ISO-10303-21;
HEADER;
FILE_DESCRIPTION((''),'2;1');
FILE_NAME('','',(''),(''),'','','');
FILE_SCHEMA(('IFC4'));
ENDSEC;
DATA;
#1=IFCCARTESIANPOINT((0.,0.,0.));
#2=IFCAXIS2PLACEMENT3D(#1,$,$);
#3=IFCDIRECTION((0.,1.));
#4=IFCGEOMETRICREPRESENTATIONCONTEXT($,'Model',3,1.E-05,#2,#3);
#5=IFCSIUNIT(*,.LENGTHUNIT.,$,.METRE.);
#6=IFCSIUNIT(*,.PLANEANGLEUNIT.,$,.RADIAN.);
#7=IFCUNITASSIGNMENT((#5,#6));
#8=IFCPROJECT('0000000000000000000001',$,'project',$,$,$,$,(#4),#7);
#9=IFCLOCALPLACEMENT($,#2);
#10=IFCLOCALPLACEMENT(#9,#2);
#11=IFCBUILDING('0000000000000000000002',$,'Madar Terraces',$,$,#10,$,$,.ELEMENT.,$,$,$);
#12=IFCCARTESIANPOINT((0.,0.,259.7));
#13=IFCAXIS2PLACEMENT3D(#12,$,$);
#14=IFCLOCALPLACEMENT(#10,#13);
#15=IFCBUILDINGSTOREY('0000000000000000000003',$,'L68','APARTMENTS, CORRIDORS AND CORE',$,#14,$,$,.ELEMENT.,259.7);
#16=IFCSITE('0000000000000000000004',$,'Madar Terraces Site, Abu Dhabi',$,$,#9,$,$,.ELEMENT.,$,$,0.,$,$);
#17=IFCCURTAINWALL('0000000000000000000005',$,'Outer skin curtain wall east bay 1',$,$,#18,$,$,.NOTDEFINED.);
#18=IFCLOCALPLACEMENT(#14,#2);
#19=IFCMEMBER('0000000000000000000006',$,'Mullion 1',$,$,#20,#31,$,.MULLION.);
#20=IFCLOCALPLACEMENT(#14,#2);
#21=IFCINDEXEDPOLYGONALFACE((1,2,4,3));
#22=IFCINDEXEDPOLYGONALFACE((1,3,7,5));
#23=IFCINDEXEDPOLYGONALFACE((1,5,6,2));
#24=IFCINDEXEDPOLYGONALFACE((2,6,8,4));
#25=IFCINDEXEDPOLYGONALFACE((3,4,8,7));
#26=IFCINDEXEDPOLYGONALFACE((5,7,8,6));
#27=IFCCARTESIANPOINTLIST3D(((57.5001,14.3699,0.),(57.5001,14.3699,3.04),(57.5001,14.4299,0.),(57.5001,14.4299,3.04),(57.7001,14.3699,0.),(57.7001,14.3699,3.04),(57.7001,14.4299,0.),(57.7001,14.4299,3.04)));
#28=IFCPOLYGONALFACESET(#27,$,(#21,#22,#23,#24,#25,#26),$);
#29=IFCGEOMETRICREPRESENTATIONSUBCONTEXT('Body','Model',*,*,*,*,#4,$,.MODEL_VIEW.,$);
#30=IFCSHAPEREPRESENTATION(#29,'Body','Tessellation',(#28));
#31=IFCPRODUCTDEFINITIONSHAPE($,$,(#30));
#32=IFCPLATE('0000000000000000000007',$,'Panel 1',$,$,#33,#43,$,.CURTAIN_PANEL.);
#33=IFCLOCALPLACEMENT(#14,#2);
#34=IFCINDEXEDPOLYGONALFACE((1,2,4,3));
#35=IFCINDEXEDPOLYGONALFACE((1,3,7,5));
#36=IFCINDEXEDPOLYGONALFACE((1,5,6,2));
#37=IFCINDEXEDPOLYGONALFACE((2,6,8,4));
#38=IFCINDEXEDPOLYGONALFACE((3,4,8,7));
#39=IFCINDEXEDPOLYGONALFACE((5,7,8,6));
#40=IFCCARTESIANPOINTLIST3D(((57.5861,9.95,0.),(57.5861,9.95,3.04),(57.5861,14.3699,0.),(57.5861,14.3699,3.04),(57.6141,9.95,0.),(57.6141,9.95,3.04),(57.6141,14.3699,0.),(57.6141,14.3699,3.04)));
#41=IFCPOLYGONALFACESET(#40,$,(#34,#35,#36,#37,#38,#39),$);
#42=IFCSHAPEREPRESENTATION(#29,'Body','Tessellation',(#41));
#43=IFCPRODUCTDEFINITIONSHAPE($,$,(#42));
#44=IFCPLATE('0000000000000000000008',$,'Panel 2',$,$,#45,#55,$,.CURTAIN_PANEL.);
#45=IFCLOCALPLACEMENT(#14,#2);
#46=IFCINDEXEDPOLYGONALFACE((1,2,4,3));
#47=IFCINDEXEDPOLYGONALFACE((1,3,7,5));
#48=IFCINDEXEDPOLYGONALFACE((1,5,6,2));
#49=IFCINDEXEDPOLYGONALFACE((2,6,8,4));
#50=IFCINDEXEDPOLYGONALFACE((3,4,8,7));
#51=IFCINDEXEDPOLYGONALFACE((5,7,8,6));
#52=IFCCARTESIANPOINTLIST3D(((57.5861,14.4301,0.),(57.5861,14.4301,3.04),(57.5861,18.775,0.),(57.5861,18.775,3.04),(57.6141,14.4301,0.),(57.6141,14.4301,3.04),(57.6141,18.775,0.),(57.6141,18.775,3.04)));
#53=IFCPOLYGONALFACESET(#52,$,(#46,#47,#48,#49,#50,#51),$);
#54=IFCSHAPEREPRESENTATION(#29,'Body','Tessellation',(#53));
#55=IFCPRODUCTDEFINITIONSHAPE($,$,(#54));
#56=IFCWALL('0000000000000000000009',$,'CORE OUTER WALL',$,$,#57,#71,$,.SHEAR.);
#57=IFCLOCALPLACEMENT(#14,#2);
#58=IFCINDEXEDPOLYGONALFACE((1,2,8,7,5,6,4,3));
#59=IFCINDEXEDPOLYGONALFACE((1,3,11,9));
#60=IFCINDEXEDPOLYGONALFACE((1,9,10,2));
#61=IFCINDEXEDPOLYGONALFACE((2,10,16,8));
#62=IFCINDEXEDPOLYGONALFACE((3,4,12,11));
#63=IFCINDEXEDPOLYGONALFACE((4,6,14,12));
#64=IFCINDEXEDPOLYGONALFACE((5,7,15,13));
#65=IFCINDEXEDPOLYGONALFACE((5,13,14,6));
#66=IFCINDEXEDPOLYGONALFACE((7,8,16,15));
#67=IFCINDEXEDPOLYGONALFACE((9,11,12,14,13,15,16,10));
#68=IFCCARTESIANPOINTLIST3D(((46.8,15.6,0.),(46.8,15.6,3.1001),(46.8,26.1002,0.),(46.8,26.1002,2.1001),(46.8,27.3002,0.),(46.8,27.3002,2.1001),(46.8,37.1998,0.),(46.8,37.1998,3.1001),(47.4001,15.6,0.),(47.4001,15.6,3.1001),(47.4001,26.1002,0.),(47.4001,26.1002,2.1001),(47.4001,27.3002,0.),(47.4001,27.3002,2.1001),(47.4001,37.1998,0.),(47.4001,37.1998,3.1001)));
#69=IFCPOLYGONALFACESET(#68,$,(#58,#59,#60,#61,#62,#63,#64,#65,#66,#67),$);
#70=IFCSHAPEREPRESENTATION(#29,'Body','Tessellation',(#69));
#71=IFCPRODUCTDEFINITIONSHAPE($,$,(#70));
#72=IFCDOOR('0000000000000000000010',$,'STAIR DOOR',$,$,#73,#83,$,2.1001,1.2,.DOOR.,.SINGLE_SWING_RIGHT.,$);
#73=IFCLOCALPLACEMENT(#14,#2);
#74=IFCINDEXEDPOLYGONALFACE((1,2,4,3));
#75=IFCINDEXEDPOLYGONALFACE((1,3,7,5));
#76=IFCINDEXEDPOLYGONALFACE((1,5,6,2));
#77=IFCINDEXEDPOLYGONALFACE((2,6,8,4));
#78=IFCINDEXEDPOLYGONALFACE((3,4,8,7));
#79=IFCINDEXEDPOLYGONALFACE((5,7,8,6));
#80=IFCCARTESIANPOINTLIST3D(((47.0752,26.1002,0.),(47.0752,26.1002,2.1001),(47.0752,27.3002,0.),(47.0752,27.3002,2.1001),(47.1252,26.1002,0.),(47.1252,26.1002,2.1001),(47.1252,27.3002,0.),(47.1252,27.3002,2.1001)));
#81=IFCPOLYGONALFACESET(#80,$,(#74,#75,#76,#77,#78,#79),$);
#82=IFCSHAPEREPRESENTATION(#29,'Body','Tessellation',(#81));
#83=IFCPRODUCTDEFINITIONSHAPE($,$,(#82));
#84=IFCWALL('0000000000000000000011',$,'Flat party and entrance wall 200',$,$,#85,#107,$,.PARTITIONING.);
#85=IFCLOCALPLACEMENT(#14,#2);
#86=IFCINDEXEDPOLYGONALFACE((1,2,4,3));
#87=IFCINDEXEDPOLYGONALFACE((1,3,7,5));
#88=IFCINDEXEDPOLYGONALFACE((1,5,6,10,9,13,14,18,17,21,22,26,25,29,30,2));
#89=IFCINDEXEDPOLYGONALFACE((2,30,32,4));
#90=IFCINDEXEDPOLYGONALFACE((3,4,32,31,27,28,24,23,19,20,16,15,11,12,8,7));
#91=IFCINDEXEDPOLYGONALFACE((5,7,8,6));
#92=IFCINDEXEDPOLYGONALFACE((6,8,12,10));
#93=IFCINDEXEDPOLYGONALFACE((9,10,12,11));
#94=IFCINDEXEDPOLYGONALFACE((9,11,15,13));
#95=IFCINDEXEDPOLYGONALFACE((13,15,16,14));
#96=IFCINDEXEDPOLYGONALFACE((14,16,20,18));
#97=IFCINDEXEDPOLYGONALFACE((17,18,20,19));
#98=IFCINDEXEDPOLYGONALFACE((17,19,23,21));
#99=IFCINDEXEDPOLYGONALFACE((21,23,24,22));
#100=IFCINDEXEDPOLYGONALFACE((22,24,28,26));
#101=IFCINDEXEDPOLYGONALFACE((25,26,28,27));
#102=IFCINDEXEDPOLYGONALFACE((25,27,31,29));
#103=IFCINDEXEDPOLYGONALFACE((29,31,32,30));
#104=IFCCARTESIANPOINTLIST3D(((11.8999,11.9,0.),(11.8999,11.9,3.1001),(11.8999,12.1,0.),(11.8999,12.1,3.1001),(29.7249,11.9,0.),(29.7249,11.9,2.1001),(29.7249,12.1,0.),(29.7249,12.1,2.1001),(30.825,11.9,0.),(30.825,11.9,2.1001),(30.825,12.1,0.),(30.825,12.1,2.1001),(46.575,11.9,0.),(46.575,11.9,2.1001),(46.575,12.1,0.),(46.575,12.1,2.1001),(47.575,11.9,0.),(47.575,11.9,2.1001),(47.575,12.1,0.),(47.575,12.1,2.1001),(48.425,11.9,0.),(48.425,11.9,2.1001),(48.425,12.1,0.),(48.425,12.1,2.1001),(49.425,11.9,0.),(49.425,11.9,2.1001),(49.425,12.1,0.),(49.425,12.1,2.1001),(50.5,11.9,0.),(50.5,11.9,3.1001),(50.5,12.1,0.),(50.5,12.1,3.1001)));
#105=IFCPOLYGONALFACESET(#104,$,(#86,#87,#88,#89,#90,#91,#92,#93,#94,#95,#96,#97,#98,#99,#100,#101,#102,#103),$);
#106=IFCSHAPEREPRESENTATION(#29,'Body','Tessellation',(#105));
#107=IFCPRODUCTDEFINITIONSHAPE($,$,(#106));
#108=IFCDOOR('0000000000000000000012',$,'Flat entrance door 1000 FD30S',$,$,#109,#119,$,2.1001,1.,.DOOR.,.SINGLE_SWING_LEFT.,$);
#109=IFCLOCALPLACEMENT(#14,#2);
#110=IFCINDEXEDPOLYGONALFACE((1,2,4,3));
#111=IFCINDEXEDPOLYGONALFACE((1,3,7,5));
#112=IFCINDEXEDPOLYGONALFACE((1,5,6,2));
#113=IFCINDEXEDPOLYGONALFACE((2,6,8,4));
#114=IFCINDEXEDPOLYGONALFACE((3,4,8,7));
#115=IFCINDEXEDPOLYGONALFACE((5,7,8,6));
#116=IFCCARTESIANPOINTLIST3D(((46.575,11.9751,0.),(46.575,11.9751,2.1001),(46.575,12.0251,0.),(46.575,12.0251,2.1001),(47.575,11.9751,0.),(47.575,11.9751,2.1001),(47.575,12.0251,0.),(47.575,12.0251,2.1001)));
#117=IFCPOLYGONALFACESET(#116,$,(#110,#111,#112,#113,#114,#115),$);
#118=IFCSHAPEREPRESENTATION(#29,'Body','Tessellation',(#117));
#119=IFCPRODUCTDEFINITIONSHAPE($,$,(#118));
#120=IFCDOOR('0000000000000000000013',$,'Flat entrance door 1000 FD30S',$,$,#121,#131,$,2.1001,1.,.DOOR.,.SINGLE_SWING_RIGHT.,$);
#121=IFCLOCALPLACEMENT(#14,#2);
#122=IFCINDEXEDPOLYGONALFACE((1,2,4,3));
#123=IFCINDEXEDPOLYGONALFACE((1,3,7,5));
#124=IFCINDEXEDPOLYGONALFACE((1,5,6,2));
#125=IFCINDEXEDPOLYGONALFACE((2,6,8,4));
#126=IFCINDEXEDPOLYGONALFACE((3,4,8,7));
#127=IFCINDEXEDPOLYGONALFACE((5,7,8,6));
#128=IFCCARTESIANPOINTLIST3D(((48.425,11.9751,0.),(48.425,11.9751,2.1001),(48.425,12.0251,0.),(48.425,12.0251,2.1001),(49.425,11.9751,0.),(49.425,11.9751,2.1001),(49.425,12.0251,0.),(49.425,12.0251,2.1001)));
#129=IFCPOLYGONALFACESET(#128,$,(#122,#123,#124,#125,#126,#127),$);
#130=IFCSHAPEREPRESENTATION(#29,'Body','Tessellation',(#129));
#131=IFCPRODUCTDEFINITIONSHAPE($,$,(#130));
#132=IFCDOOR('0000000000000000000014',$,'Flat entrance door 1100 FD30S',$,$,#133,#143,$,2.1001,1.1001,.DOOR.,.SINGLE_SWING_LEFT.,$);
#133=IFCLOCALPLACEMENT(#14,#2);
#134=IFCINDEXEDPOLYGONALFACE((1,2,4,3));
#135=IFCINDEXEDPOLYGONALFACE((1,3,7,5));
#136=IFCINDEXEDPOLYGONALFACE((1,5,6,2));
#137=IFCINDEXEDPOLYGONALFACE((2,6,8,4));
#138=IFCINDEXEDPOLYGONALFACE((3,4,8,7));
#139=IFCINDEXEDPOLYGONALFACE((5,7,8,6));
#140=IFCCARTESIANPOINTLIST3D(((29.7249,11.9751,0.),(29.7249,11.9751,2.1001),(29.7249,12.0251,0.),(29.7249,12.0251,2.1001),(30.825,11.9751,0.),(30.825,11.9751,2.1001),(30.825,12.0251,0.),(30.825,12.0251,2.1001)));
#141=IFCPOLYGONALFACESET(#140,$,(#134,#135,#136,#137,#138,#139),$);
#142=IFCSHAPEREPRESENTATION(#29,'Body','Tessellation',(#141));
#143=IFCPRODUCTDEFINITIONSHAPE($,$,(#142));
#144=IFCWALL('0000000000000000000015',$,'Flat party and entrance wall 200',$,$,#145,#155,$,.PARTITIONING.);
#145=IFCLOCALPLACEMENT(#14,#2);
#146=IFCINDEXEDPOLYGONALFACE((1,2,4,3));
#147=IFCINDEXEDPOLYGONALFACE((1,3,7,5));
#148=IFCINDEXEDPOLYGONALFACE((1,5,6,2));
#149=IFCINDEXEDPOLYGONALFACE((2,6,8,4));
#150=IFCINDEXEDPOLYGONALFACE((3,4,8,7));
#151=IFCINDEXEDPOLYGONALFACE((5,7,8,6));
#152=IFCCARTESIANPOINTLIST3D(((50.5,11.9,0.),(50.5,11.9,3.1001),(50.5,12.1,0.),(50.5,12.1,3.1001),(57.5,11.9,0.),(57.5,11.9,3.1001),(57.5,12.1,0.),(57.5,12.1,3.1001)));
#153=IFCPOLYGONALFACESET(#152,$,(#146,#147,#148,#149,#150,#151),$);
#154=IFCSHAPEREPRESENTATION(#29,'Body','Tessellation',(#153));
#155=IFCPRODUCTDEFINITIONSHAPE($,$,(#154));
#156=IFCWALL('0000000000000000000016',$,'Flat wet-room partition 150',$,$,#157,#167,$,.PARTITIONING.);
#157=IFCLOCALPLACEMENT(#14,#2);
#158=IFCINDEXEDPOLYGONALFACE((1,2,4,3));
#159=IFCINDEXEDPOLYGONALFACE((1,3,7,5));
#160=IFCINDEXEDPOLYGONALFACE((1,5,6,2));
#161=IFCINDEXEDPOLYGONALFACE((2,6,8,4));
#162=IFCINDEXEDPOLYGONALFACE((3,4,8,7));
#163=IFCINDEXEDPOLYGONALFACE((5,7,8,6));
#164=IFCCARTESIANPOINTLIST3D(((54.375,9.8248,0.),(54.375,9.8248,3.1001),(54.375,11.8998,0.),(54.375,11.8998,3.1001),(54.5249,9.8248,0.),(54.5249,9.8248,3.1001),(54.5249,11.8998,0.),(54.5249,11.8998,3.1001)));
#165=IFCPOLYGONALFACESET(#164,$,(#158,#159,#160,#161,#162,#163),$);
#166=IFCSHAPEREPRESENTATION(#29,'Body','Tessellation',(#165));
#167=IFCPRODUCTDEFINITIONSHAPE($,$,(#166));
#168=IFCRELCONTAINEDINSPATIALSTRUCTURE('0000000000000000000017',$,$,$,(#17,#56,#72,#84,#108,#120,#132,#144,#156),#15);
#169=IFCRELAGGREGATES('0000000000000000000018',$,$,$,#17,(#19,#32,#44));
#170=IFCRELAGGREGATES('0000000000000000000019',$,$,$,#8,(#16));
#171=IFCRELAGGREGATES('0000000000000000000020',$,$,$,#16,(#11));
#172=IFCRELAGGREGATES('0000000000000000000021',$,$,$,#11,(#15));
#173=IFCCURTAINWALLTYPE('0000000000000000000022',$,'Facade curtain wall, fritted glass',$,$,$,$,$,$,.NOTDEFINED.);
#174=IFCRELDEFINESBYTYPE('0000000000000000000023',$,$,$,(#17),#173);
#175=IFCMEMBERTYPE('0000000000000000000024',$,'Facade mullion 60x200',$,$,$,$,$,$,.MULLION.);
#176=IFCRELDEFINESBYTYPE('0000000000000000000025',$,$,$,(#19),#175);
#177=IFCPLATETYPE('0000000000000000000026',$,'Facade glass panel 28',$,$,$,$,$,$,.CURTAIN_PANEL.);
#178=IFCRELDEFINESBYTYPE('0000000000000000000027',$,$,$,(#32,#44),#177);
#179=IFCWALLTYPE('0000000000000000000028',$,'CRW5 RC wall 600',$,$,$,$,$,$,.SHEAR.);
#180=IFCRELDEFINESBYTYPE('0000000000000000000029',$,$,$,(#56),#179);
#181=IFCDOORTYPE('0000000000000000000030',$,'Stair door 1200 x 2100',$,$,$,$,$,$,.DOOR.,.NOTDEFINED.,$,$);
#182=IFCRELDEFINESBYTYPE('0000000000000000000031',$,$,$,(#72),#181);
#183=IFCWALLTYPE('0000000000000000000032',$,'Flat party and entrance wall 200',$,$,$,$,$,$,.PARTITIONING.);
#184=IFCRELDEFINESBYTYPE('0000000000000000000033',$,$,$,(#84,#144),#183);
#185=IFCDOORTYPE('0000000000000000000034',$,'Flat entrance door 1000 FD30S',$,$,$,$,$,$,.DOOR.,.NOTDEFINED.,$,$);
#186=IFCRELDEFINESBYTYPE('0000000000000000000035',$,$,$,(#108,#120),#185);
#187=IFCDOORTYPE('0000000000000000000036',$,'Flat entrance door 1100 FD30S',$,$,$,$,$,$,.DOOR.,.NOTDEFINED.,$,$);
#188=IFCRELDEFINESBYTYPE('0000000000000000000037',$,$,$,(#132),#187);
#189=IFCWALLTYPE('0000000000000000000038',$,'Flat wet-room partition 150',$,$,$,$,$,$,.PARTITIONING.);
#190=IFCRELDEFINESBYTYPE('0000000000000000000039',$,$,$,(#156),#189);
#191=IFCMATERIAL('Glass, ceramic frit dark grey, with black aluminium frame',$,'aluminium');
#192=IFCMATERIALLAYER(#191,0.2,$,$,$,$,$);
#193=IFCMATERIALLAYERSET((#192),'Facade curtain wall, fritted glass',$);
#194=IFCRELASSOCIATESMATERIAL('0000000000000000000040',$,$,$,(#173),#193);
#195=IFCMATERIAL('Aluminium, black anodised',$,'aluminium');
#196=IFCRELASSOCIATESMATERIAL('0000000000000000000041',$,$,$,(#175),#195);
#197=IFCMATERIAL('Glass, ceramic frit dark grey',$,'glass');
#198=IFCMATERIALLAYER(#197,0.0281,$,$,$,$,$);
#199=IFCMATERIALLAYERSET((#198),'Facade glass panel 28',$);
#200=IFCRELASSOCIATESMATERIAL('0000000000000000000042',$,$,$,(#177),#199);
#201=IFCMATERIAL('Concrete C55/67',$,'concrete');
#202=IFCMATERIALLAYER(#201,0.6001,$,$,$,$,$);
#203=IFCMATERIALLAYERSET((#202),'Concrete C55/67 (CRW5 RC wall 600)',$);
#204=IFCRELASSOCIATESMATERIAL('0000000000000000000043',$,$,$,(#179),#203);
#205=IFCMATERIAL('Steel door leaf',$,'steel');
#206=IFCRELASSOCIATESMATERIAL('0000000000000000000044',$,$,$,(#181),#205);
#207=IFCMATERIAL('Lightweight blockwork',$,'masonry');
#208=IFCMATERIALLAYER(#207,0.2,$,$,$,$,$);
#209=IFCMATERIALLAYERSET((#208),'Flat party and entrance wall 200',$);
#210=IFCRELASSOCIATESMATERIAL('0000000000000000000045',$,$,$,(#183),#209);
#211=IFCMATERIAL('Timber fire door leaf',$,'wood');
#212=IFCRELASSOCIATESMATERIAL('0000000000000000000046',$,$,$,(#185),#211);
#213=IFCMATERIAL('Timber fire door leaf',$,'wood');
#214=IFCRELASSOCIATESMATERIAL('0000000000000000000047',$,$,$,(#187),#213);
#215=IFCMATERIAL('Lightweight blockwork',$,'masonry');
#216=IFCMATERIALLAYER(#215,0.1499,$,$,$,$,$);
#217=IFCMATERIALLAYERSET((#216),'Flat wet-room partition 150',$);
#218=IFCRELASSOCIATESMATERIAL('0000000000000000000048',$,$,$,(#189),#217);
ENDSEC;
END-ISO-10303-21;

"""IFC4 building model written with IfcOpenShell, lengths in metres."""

from ifc_helpers import new_model, si_unit, direction, frame, frame_2d, origin, origin_2d, place, context, subcontext, project, spatial, rectangle, extrude, material, layer, layer_set, material_profile, profile_set, type_object, element, fill, aggregate, save


model = new_model("IFC4")

# Units and contexts
model_context = context("Model", 3, precision=1e-05, world=origin(), true_north=direction((0.0, 1.0)))
body_context = subcontext(model_context, "Body", "Model", "MODEL_VIEW")
ifc_project = project(units=[si_unit("LENGTHUNIT", "METRE"), si_unit("PLANEANGLEUNIT", "RADIAN")], contexts=[model_context])

# Site, building, storey
site_placement = place(None, origin())
site = spatial("IfcSite", under=ifc_project, at=site_placement, Name="Madar Terraces Site, Abu Dhabi", CompositionType="ELEMENT", RefElevation=0.0)
building_placement = place(site_placement, origin())
building = spatial("IfcBuilding", under=site, at=building_placement, Name="Madar Terraces", CompositionType="ELEMENT")
storey_placement = place(building_placement, frame((0.0, 0.0, 259.7)))
storey = spatial("IfcBuildingStorey", under=building, at=storey_placement, Name="L68", Description="APARTMENTS, CORRIDORS AND CORE", CompositionType="ELEMENT", Elevation=259.7)

# Curtain wall, member, plates
ifc_material_1 = material(Name="Glass, ceramic frit dark grey, with black aluminium frame", Category="aluminium")
ifc_layer_1 = layer(ifc_material_1, 0.2)
ifc_layer_set_1 = layer_set([ifc_layer_1], Name="Facade curtain wall, fritted glass")
curtain_wall_type = type_object("IfcCurtainWallType", Name="Facade curtain wall, fritted glass", PredefinedType="NOTDEFINED", material=ifc_layer_set_1)
curtain_wall_placement = place(storey_placement, origin())
curtain_wall = element("IfcCurtainWall", 1, at=curtain_wall_placement, inside=storey, type_object=curtain_wall_type, Name="Outer skin curtain wall east bay 1", PredefinedType="NOTDEFINED")
ifc_material_2 = material(Name="Aluminium, black anodised", Category="aluminium")
ifc_material_profile = material_profile(ifc_material_2, rectangle(XDim=0.2, YDim=0.0601, at=origin_2d()), Name="Facade mullion 60x200")
ifc_profile_set = profile_set([ifc_material_profile], Name="Aluminium, black anodised")
member_type = type_object("IfcMemberType", Name="Facade mullion 60x200", PredefinedType="MULLION", material=ifc_profile_set)
member_placement = place(storey_placement, frame((57.6001, 14.3999, 0.0), z_axis=(0.0, 0.0, 1.0), x_axis=(-1.0, 0.0, 0.0)))
member = element("IfcMember", 2, at=member_placement, type_object=member_type, Name="Mullion 1", PredefinedType="MULLION", context=body_context, shape_type="SweptSolid", body=[
    extrude(rectangle(XDim=0.2, YDim=0.0601, at=origin_2d()), origin(), (0.0, 0.0, 1.0), 3.04),
])
ifc_material_3 = material(Name="Glass, ceramic frit dark grey", Category="glass")
ifc_layer_2 = layer(ifc_material_3, 0.0281)
ifc_layer_set_2 = layer_set([ifc_layer_2], Name="Facade glass panel 28")
plate_type = type_object("IfcPlateType", Name="Facade glass panel 28", PredefinedType="CURTAIN_PANEL", material=ifc_layer_set_2)
plate_1_placement = place(storey_placement, frame((57.6001, 12.1599, 0.0), z_axis=(0.0, 0.0, 1.0), x_axis=(0.0, 1.0, 0.0)))
plate_1 = element("IfcPlate", 3, at=plate_1_placement, type_object=plate_type, Name="Panel 1", PredefinedType="CURTAIN_PANEL", context=body_context, shape_type="SweptSolid", body=[
    extrude(rectangle(XDim=4.4199, YDim=0.0281, at=origin_2d()), origin(), (0.0, 0.0, 1.0), 3.04),
])
plate_2_placement = place(storey_placement, frame((57.6001, 16.6025, 0.0), z_axis=(0.0, 0.0, 1.0), x_axis=(0.0, 1.0, 0.0)))
plate_2 = element("IfcPlate", 4, at=plate_2_placement, type_object=plate_type, Name="Panel 2", PredefinedType="CURTAIN_PANEL", context=body_context, shape_type="SweptSolid", body=[
    extrude(rectangle(XDim=4.345, YDim=0.0281, at=origin_2d()), origin(), (0.0, 0.0, 1.0), 3.04),
])
aggregate(curtain_wall, [member, plate_1, plate_2])

# Wall, opening, door
ifc_material_4 = material(Name="Concrete C55/67", Category="concrete")
ifc_layer_3 = layer(ifc_material_4, 0.6001)
ifc_layer_set_3 = layer_set([ifc_layer_3], Name="Concrete C55/67 (CRW5 RC wall 600)")
wall_type_1 = type_object("IfcWallType", Name="CRW5 RC wall 600", PredefinedType="SHEAR", material=ifc_layer_set_3)
wall_1_placement = place(storey_placement, frame((47.1001, 15.6001, 0.0), z_axis=(0.0, 0.0, 1.0), x_axis=(0.0, 1.0, 0.0)))
wall_1 = element("IfcWall", 5, at=wall_1_placement, inside=storey, type_object=wall_type_1, Name="CORE OUTER WALL", PredefinedType="SHEAR", context=body_context, shape_type="SweptSolid", body=[
    extrude(rectangle(XDim=21.5999, YDim=0.6001, at=frame_2d((10.7998, 0.0))), origin(), (0.0, 0.0, 1.0), 3.1001),
])
opening_1_placement = place(wall_1_placement, frame((10.5, 0.0, 0.0)))
opening_1 = element("IfcOpeningElement", 6, at=opening_1_placement, cuts=wall_1, PredefinedType="OPENING", context=body_context, shape_type="SweptSolid", body=[
    extrude(rectangle(XDim=1.2, YDim=2.1001, at=frame_2d((0.6001, 1.05))), frame((0.0, 0.3101, 0.0), z_axis=(0.0, -1.0, 0.0), x_axis=(1.0, 0.0, 0.0)), (0.0, 0.0, 1.0), 0.6201),
])
ifc_material_5 = material(Name="Steel door leaf", Category="steel")
door_type_1 = type_object("IfcDoorType", Name="Stair door 1200 x 2100", OperationType="NOTDEFINED", PredefinedType="DOOR", material=ifc_material_5)
door_1_placement = place(opening_1_placement, origin())
door_1 = element("IfcDoor", 7, at=door_1_placement, inside=storey, type_object=door_type_1, Name="STAIR DOOR", OperationType="SINGLE_SWING_RIGHT", OverallHeight=2.1001, OverallWidth=1.2, PredefinedType="DOOR", context=body_context, shape_type="SweptSolid", body=[
    extrude(rectangle(XDim=1.2, YDim=2.1001, at=frame_2d((0.6001, 1.05))), frame((0.0, 0.0249, 0.0), z_axis=(0.0, -1.0, 0.0), x_axis=(1.0, 0.0, 0.0)), (0.0, 0.0, 1.0), 0.05),
])
fill(opening_1, door_1)

# Wall, openings, doors
ifc_material_6 = material(Name="Lightweight blockwork", Category="masonry")
ifc_layer_4 = layer(ifc_material_6, 0.2)
ifc_layer_set_4 = layer_set([ifc_layer_4], Name="Flat party and entrance wall 200")
wall_type_2 = type_object("IfcWallType", Name="Flat party and entrance wall 200", PredefinedType="PARTITIONING", material=ifc_layer_set_4)
wall_2_placement = place(storey_placement, frame((50.5, 12.0, 0.0), z_axis=(0.0, 0.0, 1.0), x_axis=(-1.0, 0.0, 0.0)))
wall_2 = element("IfcWall", 8, at=wall_2_placement, inside=storey, type_object=wall_type_2, Name="Flat party and entrance wall 200", PredefinedType="PARTITIONING", context=body_context, shape_type="SweptSolid", body=[
    extrude(rectangle(XDim=38.6001, YDim=0.2, at=frame_2d((19.3, 0.0))), origin(), (0.0, 0.0, 1.0), 3.1001),
])
opening_2_placement = place(wall_2_placement, frame((19.675, 0.0, 0.0)))
opening_2 = element("IfcOpeningElement", 9, at=opening_2_placement, cuts=wall_2, PredefinedType="OPENING", context=body_context, shape_type="SweptSolid", body=[
    extrude(rectangle(XDim=1.1001, YDim=2.1001, at=frame_2d((0.55, 1.05))), frame((0.0, 0.1099, 0.0), z_axis=(0.0, -1.0, 0.0), x_axis=(1.0, 0.0, 0.0)), (0.0, 0.0, 1.0), 0.22),
])
opening_3_placement = place(wall_2_placement, frame((2.925, 0.0, 0.0)))
opening_3 = element("IfcOpeningElement", 10, at=opening_3_placement, cuts=wall_2, PredefinedType="OPENING", context=body_context, shape_type="SweptSolid", body=[
    extrude(rectangle(XDim=1.0, YDim=2.1001, at=frame_2d((0.5, 1.05))), frame((0.0, 0.1099, 0.0), z_axis=(0.0, -1.0, 0.0), x_axis=(1.0, 0.0, 0.0)), (0.0, 0.0, 1.0), 0.22),
])
opening_4_placement = place(wall_2_placement, frame((1.075, 0.0, 0.0)))
opening_4 = element("IfcOpeningElement", 11, at=opening_4_placement, cuts=wall_2, PredefinedType="OPENING", context=body_context, shape_type="SweptSolid", body=[
    extrude(rectangle(XDim=1.0, YDim=2.1001, at=frame_2d((0.5, 1.05))), frame((0.0, 0.1099, 0.0), z_axis=(0.0, -1.0, 0.0), x_axis=(1.0, 0.0, 0.0)), (0.0, 0.0, 1.0), 0.22),
])
ifc_material_7 = material(Name="Timber fire door leaf", Category="wood")
door_type_2 = type_object("IfcDoorType", Name="Flat entrance door 1000 FD30S", OperationType="NOTDEFINED", PredefinedType="DOOR", material=ifc_material_7)
door_2_placement = place(opening_3_placement, origin())
door_2 = element("IfcDoor", 12, at=door_2_placement, inside=storey, type_object=door_type_2, Name="Flat entrance door 1000 FD30S", OperationType="SINGLE_SWING_LEFT", OverallHeight=2.1001, OverallWidth=1.0, PredefinedType="DOOR", context=body_context, shape_type="SweptSolid", body=[
    extrude(rectangle(XDim=1.0, YDim=2.1001, at=frame_2d((0.5, 1.05))), frame((0.0, 0.0249, 0.0), z_axis=(0.0, -1.0, 0.0), x_axis=(1.0, 0.0, 0.0)), (0.0, 0.0, 1.0), 0.05),
])
fill(opening_3, door_2)
door_3_placement = place(opening_4_placement, origin())
door_3 = element("IfcDoor", 13, at=door_3_placement, inside=storey, type_object=door_type_2, Name="Flat entrance door 1000 FD30S", OperationType="SINGLE_SWING_RIGHT", OverallHeight=2.1001, OverallWidth=1.0, PredefinedType="DOOR", context=body_context, shape_type="SweptSolid", body=[
    extrude(rectangle(XDim=1.0, YDim=2.1001, at=frame_2d((0.5, 1.05))), frame((0.0, 0.0249, 0.0), z_axis=(0.0, -1.0, 0.0), x_axis=(1.0, 0.0, 0.0)), (0.0, 0.0, 1.0), 0.05),
])
fill(opening_4, door_3)
ifc_material_8 = material(Name="Timber fire door leaf", Category="wood")
door_type_3 = type_object("IfcDoorType", Name="Flat entrance door 1100 FD30S", OperationType="NOTDEFINED", PredefinedType="DOOR", material=ifc_material_8)
door_4_placement = place(opening_2_placement, origin())
door_4 = element("IfcDoor", 14, at=door_4_placement, inside=storey, type_object=door_type_3, Name="Flat entrance door 1100 FD30S", OperationType="SINGLE_SWING_LEFT", OverallHeight=2.1001, OverallWidth=1.1001, PredefinedType="DOOR", context=body_context, shape_type="SweptSolid", body=[
    extrude(rectangle(XDim=1.1001, YDim=2.1001, at=frame_2d((0.55, 1.05))), frame((0.0, 0.0249, 0.0), z_axis=(0.0, -1.0, 0.0), x_axis=(1.0, 0.0, 0.0)), (0.0, 0.0, 1.0), 0.05),
])
fill(opening_2, door_4)

# Walls
wall_3_placement = place(storey_placement, frame((50.5, 12.0, 0.0), z_axis=(0.0, 0.0, 1.0), x_axis=(1.0, 0.0, 0.0)))
element("IfcWall", 15, at=wall_3_placement, inside=storey, type_object=wall_type_2, Name="Flat party and entrance wall 200", PredefinedType="PARTITIONING", context=body_context, shape_type="SweptSolid", body=[
    extrude(rectangle(XDim=7.0, YDim=0.2, at=frame_2d((3.5, 0.0))), origin(), (0.0, 0.0, 1.0), 3.1001),
])
ifc_material_9 = material(Name="Lightweight blockwork", Category="masonry")
ifc_layer_5 = layer(ifc_material_9, 0.1499)
ifc_layer_set_5 = layer_set([ifc_layer_5], Name="Flat wet-room partition 150")
wall_type_3 = type_object("IfcWallType", Name="Flat wet-room partition 150", PredefinedType="PARTITIONING", material=ifc_layer_set_5)
wall_4_placement = place(storey_placement, frame((54.45, 11.8999, 0.0), z_axis=(0.0, 0.0, 1.0), x_axis=(0.0, -1.0, 0.0)))
element("IfcWall", 16, at=wall_4_placement, inside=storey, type_object=wall_type_3, Name="Flat wet-room partition 150", PredefinedType="PARTITIONING", context=body_context, shape_type="SweptSolid", body=[
    extrude(rectangle(XDim=2.075, YDim=0.1499, at=frame_2d((1.0376, 0.0))), origin(), (0.0, 0.0, 1.0), 3.1001),
])

save(model, "model.ifc")
